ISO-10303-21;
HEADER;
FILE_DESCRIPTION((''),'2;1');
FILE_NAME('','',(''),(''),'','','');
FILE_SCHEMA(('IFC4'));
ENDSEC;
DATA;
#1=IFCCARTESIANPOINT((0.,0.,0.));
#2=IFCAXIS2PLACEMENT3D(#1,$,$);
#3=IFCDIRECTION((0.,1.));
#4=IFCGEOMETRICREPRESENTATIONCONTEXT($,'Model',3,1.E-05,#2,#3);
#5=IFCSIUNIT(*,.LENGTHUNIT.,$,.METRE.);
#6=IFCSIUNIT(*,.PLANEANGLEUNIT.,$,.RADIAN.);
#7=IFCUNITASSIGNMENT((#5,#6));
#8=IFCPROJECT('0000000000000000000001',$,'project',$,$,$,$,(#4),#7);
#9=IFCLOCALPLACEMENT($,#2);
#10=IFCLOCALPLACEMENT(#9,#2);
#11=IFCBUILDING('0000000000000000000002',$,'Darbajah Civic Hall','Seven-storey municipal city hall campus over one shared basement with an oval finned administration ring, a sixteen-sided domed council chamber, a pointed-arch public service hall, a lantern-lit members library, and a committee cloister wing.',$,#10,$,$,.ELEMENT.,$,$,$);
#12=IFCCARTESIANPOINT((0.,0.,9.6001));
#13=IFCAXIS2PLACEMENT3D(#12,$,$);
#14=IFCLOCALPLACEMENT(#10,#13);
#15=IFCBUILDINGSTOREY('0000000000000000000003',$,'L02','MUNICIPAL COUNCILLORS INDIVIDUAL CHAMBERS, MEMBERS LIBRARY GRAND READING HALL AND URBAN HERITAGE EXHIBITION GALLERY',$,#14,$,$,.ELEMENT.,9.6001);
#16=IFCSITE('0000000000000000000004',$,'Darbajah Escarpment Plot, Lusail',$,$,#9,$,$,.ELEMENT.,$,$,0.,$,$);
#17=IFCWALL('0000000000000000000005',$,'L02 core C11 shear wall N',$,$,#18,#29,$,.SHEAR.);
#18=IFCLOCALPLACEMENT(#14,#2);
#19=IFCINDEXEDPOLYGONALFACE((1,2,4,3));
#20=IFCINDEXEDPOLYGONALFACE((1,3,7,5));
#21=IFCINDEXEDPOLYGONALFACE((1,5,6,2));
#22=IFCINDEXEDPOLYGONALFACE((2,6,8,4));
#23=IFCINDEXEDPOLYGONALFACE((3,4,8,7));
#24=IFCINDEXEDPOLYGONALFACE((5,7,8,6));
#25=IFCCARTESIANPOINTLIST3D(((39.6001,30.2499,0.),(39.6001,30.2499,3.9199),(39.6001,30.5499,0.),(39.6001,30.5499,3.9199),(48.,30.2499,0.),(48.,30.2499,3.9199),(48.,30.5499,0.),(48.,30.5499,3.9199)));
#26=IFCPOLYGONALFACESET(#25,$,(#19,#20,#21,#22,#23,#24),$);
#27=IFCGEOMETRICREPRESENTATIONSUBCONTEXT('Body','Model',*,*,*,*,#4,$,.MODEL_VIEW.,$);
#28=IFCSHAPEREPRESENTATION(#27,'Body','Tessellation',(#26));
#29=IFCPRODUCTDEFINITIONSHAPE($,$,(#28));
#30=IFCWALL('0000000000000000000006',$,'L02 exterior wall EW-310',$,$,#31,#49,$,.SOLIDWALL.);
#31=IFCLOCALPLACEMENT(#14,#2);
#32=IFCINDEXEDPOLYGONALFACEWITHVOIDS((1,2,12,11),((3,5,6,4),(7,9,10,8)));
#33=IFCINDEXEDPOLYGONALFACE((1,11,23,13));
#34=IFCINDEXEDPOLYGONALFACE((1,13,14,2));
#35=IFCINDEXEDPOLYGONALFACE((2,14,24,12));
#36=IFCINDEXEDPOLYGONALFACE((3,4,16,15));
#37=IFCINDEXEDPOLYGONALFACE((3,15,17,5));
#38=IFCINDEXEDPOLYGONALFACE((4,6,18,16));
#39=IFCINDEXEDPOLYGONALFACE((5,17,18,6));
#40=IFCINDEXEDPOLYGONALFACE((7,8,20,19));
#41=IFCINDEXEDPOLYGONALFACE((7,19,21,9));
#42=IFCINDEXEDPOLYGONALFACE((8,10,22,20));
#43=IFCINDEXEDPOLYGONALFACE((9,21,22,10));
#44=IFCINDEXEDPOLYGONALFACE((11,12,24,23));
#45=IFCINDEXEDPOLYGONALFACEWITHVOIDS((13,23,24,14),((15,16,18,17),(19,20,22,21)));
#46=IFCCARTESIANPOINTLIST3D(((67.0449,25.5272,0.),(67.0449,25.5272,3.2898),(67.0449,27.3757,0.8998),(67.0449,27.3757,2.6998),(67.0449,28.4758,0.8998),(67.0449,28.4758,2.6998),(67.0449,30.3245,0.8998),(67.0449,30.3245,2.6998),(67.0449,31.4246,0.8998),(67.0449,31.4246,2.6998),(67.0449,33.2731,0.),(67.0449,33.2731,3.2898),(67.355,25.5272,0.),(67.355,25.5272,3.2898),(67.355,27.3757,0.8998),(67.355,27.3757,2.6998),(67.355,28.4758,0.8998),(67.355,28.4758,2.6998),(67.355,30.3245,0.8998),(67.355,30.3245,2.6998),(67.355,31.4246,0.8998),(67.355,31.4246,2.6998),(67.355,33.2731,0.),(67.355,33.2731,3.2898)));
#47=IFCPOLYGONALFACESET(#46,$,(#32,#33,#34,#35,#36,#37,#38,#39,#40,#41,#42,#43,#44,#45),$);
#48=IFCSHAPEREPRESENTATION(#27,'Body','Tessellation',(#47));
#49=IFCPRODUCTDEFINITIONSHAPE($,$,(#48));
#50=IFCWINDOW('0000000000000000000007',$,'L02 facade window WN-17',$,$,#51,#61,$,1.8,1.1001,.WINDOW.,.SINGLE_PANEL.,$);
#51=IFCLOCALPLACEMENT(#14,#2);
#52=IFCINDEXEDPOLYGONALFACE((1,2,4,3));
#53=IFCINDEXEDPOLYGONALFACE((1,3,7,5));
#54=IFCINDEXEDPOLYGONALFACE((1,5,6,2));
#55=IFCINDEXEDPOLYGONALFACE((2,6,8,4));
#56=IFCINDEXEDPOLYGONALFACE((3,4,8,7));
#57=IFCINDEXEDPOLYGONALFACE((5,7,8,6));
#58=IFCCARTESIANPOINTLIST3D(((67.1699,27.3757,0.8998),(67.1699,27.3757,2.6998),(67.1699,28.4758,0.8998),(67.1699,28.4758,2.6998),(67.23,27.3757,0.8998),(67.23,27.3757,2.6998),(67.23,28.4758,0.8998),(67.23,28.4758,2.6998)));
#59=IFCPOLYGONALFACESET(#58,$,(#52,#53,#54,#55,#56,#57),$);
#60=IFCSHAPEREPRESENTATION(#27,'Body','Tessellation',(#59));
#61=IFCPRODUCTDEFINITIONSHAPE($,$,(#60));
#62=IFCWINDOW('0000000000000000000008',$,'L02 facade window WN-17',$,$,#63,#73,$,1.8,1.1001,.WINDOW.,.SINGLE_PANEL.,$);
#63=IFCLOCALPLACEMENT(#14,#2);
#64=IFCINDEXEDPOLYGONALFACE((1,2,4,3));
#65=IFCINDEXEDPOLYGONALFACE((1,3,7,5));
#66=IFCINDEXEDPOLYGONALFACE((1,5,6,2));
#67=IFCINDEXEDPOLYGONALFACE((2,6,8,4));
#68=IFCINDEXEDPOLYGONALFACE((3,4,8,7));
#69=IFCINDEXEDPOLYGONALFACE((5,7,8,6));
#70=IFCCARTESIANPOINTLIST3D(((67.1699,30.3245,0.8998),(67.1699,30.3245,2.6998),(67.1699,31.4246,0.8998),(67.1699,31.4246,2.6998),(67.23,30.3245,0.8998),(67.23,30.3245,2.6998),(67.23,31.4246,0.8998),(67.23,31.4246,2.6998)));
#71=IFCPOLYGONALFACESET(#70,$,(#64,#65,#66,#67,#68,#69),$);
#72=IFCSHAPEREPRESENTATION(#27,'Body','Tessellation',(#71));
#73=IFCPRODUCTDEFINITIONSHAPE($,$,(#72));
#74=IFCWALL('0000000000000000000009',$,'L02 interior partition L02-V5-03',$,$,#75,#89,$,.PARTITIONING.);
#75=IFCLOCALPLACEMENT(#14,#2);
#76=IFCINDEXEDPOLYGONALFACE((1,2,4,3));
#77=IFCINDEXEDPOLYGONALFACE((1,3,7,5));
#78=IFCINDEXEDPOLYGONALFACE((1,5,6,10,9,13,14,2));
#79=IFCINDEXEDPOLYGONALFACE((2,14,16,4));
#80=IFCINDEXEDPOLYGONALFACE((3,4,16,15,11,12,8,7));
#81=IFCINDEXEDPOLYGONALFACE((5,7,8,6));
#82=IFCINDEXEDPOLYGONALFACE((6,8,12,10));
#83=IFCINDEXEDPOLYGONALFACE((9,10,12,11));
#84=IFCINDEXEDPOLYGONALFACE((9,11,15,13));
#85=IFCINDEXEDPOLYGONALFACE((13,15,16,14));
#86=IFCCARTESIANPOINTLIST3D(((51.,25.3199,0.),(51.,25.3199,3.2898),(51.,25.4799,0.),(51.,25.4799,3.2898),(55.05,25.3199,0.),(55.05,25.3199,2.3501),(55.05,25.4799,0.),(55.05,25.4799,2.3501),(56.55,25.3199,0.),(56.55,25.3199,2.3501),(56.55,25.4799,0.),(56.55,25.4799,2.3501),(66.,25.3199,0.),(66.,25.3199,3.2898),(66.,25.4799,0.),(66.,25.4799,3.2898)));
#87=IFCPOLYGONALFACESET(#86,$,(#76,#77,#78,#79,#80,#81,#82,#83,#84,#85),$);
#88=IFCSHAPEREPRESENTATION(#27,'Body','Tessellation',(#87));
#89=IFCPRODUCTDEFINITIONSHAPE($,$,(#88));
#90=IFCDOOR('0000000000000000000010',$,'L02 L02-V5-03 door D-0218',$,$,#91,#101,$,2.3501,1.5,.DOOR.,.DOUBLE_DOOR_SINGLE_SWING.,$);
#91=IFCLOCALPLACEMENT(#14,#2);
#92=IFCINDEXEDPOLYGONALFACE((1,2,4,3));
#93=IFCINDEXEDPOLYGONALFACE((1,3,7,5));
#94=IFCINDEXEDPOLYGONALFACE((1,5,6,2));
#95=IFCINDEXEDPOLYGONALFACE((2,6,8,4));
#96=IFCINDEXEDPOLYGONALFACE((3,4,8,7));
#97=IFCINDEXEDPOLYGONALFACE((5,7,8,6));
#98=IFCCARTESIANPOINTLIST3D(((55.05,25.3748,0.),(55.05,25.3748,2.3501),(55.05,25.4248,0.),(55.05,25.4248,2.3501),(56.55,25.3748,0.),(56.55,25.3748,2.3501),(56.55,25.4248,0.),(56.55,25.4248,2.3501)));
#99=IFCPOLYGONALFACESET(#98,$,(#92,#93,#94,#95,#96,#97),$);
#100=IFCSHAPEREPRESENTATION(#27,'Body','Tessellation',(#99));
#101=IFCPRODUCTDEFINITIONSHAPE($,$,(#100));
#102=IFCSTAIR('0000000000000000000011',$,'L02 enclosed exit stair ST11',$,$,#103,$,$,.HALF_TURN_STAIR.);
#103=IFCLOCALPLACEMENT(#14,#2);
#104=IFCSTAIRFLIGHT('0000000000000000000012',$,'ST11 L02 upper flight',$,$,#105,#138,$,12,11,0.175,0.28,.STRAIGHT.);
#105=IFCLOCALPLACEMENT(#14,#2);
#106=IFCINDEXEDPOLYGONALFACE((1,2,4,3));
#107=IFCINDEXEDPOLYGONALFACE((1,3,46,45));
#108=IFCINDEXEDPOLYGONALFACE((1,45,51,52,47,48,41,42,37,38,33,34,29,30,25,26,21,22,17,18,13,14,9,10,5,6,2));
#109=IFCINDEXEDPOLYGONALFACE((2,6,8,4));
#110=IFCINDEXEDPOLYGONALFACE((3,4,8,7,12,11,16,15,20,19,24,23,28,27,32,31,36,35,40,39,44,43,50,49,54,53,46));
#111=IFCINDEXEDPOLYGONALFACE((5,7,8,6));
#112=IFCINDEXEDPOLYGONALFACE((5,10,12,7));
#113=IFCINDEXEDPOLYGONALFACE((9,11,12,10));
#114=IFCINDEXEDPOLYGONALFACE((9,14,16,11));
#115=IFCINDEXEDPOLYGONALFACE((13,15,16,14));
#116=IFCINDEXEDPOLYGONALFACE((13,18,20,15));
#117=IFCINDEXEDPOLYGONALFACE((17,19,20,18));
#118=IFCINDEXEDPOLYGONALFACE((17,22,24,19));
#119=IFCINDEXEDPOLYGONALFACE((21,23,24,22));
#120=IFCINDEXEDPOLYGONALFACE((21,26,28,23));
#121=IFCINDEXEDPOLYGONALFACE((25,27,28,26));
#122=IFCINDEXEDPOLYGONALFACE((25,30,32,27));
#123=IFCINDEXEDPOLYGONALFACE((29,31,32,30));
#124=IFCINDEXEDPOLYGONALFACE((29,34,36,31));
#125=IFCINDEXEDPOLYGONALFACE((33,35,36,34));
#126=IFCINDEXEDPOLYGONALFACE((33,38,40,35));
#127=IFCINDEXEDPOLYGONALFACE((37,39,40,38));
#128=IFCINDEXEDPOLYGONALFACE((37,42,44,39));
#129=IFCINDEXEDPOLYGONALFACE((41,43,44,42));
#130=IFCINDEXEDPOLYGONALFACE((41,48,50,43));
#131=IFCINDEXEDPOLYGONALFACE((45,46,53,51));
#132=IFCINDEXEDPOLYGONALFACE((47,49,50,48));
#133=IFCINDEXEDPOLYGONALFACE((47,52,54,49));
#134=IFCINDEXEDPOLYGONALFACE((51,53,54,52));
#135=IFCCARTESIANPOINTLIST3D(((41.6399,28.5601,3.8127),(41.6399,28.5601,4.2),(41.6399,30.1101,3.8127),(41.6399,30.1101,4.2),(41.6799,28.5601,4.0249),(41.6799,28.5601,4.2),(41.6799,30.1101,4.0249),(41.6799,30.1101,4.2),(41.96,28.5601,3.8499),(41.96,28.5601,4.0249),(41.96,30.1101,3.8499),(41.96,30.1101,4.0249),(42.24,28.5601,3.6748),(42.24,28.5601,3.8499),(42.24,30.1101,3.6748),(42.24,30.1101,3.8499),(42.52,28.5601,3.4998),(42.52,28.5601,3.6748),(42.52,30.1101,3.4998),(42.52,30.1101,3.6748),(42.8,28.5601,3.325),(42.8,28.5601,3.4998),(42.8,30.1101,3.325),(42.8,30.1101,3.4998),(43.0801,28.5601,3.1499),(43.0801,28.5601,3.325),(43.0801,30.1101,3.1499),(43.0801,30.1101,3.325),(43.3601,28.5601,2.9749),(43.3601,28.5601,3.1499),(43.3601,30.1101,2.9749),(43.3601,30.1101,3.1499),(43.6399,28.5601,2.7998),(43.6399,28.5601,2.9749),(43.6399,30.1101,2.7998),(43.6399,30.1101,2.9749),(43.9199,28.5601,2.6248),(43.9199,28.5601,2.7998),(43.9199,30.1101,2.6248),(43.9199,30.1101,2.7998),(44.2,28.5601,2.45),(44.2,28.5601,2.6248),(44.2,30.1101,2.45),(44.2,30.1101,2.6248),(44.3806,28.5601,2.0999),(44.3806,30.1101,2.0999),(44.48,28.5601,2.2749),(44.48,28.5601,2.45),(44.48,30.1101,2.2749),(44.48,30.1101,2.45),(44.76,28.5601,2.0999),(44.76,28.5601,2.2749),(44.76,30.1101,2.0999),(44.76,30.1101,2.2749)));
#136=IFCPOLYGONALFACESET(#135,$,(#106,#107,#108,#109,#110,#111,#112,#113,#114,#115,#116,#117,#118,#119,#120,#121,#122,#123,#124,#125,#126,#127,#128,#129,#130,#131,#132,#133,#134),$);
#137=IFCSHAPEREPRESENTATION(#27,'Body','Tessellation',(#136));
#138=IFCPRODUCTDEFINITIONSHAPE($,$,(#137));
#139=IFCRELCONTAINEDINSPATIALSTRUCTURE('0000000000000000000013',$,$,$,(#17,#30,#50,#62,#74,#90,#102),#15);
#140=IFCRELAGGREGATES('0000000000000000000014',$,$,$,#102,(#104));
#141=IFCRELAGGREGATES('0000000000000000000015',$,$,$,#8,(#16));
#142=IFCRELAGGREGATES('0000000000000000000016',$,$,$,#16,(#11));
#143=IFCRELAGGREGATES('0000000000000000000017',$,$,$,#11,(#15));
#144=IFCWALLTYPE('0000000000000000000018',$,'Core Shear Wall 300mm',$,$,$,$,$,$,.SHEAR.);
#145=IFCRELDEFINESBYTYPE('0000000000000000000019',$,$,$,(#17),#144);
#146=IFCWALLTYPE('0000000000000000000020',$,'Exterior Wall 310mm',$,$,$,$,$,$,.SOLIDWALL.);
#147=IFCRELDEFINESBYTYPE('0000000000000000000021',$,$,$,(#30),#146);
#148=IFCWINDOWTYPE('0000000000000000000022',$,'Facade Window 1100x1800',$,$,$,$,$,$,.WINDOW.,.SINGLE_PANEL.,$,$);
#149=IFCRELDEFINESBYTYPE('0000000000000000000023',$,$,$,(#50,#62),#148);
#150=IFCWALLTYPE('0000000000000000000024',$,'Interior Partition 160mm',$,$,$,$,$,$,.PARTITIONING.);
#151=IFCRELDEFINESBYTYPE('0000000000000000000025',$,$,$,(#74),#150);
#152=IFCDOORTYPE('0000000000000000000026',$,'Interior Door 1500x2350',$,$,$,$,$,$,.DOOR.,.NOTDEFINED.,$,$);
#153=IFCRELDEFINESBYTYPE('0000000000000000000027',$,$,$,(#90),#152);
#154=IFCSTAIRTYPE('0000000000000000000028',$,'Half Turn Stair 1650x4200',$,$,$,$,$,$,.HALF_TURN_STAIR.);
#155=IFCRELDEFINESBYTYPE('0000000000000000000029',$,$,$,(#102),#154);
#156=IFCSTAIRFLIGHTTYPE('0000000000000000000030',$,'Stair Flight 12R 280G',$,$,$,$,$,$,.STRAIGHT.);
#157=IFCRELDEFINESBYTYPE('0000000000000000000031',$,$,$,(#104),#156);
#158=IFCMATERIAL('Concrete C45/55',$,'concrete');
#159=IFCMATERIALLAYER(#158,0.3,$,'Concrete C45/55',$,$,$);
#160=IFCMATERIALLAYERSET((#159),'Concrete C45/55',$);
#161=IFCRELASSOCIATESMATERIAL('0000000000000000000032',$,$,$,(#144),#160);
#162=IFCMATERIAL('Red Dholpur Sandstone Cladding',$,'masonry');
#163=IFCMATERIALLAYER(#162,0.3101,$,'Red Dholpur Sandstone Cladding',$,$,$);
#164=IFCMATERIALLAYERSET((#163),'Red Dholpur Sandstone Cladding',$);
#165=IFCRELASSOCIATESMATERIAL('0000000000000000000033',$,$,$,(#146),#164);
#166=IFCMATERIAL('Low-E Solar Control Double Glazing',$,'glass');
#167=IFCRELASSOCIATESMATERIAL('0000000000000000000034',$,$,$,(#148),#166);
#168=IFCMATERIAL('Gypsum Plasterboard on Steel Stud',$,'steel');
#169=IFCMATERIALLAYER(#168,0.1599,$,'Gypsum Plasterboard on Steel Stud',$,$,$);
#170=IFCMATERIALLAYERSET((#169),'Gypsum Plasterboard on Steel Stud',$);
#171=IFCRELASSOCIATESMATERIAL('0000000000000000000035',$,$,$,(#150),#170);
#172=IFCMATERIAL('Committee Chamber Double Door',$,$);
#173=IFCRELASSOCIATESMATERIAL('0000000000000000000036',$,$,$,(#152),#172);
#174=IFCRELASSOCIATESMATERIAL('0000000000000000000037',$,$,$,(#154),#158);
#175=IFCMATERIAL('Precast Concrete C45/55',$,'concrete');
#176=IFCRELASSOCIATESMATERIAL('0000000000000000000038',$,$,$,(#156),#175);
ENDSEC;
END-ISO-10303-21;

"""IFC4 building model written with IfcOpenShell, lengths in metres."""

from ifc_helpers import new_model, si_unit, direction, frame, frame_2d, origin, place, context, subcontext, project, spatial, polyline, rectangle, outline, extrude, material, layer, layer_set, type_object, element, fill, aggregate, save


model = new_model("IFC4")

# Units and contexts
model_context = context("Model", 3, precision=1e-05, world=origin(), true_north=direction((0.0, 1.0)))
body_context = subcontext(model_context, "Body", "Model", "MODEL_VIEW")
ifc_project = project(units=[si_unit("LENGTHUNIT", "METRE"), si_unit("PLANEANGLEUNIT", "RADIAN")], contexts=[model_context])

# Site, building, storey
site_placement = place(None, origin())
site = spatial("IfcSite", under=ifc_project, at=site_placement, Name="Darbajah Escarpment Plot, Lusail", CompositionType="ELEMENT", RefElevation=0.0)
building_placement = place(site_placement, origin())
building = spatial("IfcBuilding", under=site, at=building_placement, Name="Darbajah Civic Hall", Description="Seven-storey municipal city hall campus over one shared basement with an oval finned administration ring, a sixteen-sided domed council chamber, a pointed-arch public service hall, a lantern-lit members library, and a committee cloister wing.", CompositionType="ELEMENT")
storey_placement = place(building_placement, frame((0.0, 0.0, 9.6001)))
storey = spatial("IfcBuildingStorey", under=building, at=storey_placement, Name="L02", Description="MUNICIPAL COUNCILLORS INDIVIDUAL CHAMBERS, MEMBERS LIBRARY GRAND READING HALL AND URBAN HERITAGE EXHIBITION GALLERY", CompositionType="ELEMENT", Elevation=9.6001)

# Shared definitions
ifc_material_1 = material(Name="Concrete C45/55", Category="concrete")

# Wall
ifc_layer_1 = layer(ifc_material_1, 0.3, Name="Concrete C45/55")
ifc_layer_set_1 = layer_set([ifc_layer_1], Name="Concrete C45/55")
wall_type_1 = type_object("IfcWallType", Name="Core Shear Wall 300mm", PredefinedType="SHEAR", material=ifc_layer_set_1)
wall_1_placement = place(storey_placement, frame((48.0, 30.3999, 0.0), z_axis=(0.0, 0.0, 1.0), x_axis=(-1.0, 0.0, 0.0)))
element("IfcWall", 1, at=wall_1_placement, inside=storey, type_object=wall_type_1, Name="L02 core C11 shear wall N", PredefinedType="SHEAR", context=body_context, shape_type="SweptSolid", body=[
    extrude(rectangle(XDim=8.3999, YDim=0.3, at=frame_2d((4.2, 0.0))), origin(), (0.0, 0.0, 1.0), 3.9199),
])

# Wall, openings, windows
ifc_material_2 = material(Name="Red Dholpur Sandstone Cladding", Category="masonry")
ifc_layer_2 = layer(ifc_material_2, 0.3101, Name="Red Dholpur Sandstone Cladding")
ifc_layer_set_2 = layer_set([ifc_layer_2], Name="Red Dholpur Sandstone Cladding")
wall_type_2 = type_object("IfcWallType", Name="Exterior Wall 310mm", PredefinedType="SOLIDWALL", material=ifc_layer_set_2)
wall_2_placement = place(storey_placement, frame((67.2, 25.5271, 0.0), z_axis=(0.0, 0.0, 1.0), x_axis=(0.0, 1.0, 0.0)))
wall_2 = element("IfcWall", 2, at=wall_2_placement, inside=storey, type_object=wall_type_2, Name="L02 exterior wall EW-310", PredefinedType="SOLIDWALL", context=body_context, shape_type="SweptSolid", body=[
    extrude(rectangle(XDim=7.7458, YDim=0.3101, at=frame_2d((3.873, 0.0))), origin(), (0.0, 0.0, 1.0), 3.2898),
])
opening_1_placement = place(wall_2_placement, frame((1.8486, 0.0, 0.8999)))
opening_1 = element("IfcOpeningElement", 3, at=opening_1_placement, cuts=wall_2, PredefinedType="OPENING", context=body_context, shape_type="SweptSolid", body=[
    extrude(rectangle(XDim=1.1001, YDim=1.8, at=frame_2d((0.55, 0.8999))), frame((0.0, 0.165, 0.0), z_axis=(0.0, -1.0, 0.0), x_axis=(1.0, 0.0, 0.0)), (0.0, 0.0, 1.0), 0.3301),
])
opening_2_placement = place(wall_2_placement, frame((4.7974, 0.0, 0.8999)))
opening_2 = element("IfcOpeningElement", 4, at=opening_2_placement, cuts=wall_2, PredefinedType="OPENING", context=body_context, shape_type="SweptSolid", body=[
    extrude(rectangle(XDim=1.1001, YDim=1.8, at=frame_2d((0.55, 0.8999))), frame((0.0, 0.165, 0.0), z_axis=(0.0, -1.0, 0.0), x_axis=(1.0, 0.0, 0.0)), (0.0, 0.0, 1.0), 0.3301),
])
ifc_material_3 = material(Name="Low-E Solar Control Double Glazing", Category="glass")
window_type = type_object("IfcWindowType", Name="Facade Window 1100x1800", PartitioningType="SINGLE_PANEL", PredefinedType="WINDOW", material=ifc_material_3)
window_1_placement = place(opening_1_placement, origin())
window_1 = element("IfcWindow", 5, at=window_1_placement, inside=storey, type_object=window_type, Name="L02 facade window WN-17", OverallHeight=1.8, OverallWidth=1.1001, PartitioningType="SINGLE_PANEL", PredefinedType="WINDOW", context=body_context, shape_type="SweptSolid", body=[
    extrude(rectangle(XDim=1.1001, YDim=1.8, at=frame_2d((0.55, 0.8999))), frame((0.0, 0.03, 0.0), z_axis=(0.0, -1.0, 0.0), x_axis=(1.0, 0.0, 0.0)), (0.0, 0.0, 1.0), 0.0601),
])
fill(opening_1, window_1)
window_2_placement = place(opening_2_placement, origin())
window_2 = element("IfcWindow", 6, at=window_2_placement, inside=storey, type_object=window_type, Name="L02 facade window WN-17", OverallHeight=1.8, OverallWidth=1.1001, PartitioningType="SINGLE_PANEL", PredefinedType="WINDOW", context=body_context, shape_type="SweptSolid", body=[
    extrude(rectangle(XDim=1.1001, YDim=1.8, at=frame_2d((0.55, 0.8999))), frame((0.0, 0.03, 0.0), z_axis=(0.0, -1.0, 0.0), x_axis=(1.0, 0.0, 0.0)), (0.0, 0.0, 1.0), 0.0601),
])
fill(opening_2, window_2)

# Wall, opening, door
ifc_material_4 = material(Name="Gypsum Plasterboard on Steel Stud", Category="steel")
ifc_layer_3 = layer(ifc_material_4, 0.1599, Name="Gypsum Plasterboard on Steel Stud")
ifc_layer_set_3 = layer_set([ifc_layer_3], Name="Gypsum Plasterboard on Steel Stud")
wall_type_3 = type_object("IfcWallType", Name="Interior Partition 160mm", PredefinedType="PARTITIONING", material=ifc_layer_set_3)
wall_3_placement = place(storey_placement, frame((51.0, 25.3999, 0.0), z_axis=(0.0, 0.0, 1.0), x_axis=(1.0, 0.0, 0.0)))
wall_3 = element("IfcWall", 7, at=wall_3_placement, inside=storey, type_object=wall_type_3, Name="L02 interior partition L02-V5-03", PredefinedType="PARTITIONING", context=body_context, shape_type="SweptSolid", body=[
    extrude(rectangle(XDim=15.0, YDim=0.1599, at=frame_2d((7.5, 0.0))), origin(), (0.0, 0.0, 1.0), 3.2898),
])
opening_3_placement = place(wall_3_placement, frame((4.05, 0.0, 0.0)))
opening_3 = element("IfcOpeningElement", 8, at=opening_3_placement, cuts=wall_3, PredefinedType="OPENING", context=body_context, shape_type="SweptSolid", body=[
    extrude(rectangle(XDim=1.5, YDim=2.3501, at=frame_2d((0.75, 1.175))), frame((0.0, 0.0898, 0.0), z_axis=(0.0, -1.0, 0.0), x_axis=(1.0, 0.0, 0.0)), (0.0, 0.0, 1.0), 0.1799),
])
ifc_material_5 = material(Name="Committee Chamber Double Door")
door_type = type_object("IfcDoorType", Name="Interior Door 1500x2350", OperationType="NOTDEFINED", PredefinedType="DOOR", material=ifc_material_5)
door_placement = place(opening_3_placement, origin())
door = element("IfcDoor", 9, at=door_placement, inside=storey, type_object=door_type, Name="L02 L02-V5-03 door D-0218", OperationType="DOUBLE_DOOR_SINGLE_SWING", OverallHeight=2.3501, OverallWidth=1.5, PredefinedType="DOOR", context=body_context, shape_type="SweptSolid", body=[
    extrude(rectangle(XDim=1.5, YDim=2.3501, at=frame_2d((0.75, 1.175))), frame((0.0, 0.0249, 0.0), z_axis=(0.0, -1.0, 0.0), x_axis=(1.0, 0.0, 0.0)), (0.0, 0.0, 1.0), 0.05),
])
fill(opening_3, door)

# Stair, stair flight
stair_type = type_object("IfcStairType", Name="Half Turn Stair 1650x4200", PredefinedType="HALF_TURN_STAIR", material=ifc_material_1)
stair_placement = place(storey_placement, origin())
stair = element("IfcStair", 10, at=stair_placement, inside=storey, type_object=stair_type, Name="L02 enclosed exit stair ST11", PredefinedType="HALF_TURN_STAIR")
ifc_material_6 = material(Name="Precast Concrete C45/55", Category="concrete")
stair_flight_type = type_object("IfcStairFlightType", Name="Stair Flight 12R 280G", PredefinedType="STRAIGHT", material=ifc_material_6)
stair_flight_placement = place(storey_placement, frame((44.76, 29.335, 2.0999), z_axis=(0.0, 0.0, 1.0), x_axis=(-1.0, 0.0, 0.0)))
stair_flight = element("IfcStairFlight", 11, at=stair_flight_placement, type_object=stair_flight_type, Name="ST11 L02 upper flight", NumberOfRisers=12, NumberOfTreads=11, PredefinedType="STRAIGHT", RiserHeight=0.175, TreadLength=0.28, context=body_context, shape_type="SweptSolid", body=[
    extrude(outline(polyline([(0.0, 0.0), (0.0, 0.175), (0.28, 0.175), (0.28, 0.3501), (0.5601, 0.3501), (0.5601, 0.5249), (0.8401, 0.5249), (0.8401, 0.7), (1.1201, 0.7), (1.1201, 0.875), (1.3999, 0.875), (1.3999, 1.05), (1.6799, 1.05), (1.6799, 1.2251), (1.96, 1.2251), (1.96, 1.3999), (2.24, 1.3999), (2.24, 1.575), (2.52, 1.575), (2.52, 1.75), (2.8, 1.75), (2.8, 1.925), (3.0801, 1.925), (3.0801, 2.1001), (3.1201, 2.1001), (3.1201, 1.7129), (0.3794, 0.0), (0.0, 0.0)])), frame((0.0, 0.7749, 0.0), z_axis=(0.0, -1.0, 0.0), x_axis=(1.0, 0.0, 0.0)), (0.0, 0.0, 1.0), 1.55),
])
aggregate(stair, [stair_flight])

save(model, "model.ifc")
